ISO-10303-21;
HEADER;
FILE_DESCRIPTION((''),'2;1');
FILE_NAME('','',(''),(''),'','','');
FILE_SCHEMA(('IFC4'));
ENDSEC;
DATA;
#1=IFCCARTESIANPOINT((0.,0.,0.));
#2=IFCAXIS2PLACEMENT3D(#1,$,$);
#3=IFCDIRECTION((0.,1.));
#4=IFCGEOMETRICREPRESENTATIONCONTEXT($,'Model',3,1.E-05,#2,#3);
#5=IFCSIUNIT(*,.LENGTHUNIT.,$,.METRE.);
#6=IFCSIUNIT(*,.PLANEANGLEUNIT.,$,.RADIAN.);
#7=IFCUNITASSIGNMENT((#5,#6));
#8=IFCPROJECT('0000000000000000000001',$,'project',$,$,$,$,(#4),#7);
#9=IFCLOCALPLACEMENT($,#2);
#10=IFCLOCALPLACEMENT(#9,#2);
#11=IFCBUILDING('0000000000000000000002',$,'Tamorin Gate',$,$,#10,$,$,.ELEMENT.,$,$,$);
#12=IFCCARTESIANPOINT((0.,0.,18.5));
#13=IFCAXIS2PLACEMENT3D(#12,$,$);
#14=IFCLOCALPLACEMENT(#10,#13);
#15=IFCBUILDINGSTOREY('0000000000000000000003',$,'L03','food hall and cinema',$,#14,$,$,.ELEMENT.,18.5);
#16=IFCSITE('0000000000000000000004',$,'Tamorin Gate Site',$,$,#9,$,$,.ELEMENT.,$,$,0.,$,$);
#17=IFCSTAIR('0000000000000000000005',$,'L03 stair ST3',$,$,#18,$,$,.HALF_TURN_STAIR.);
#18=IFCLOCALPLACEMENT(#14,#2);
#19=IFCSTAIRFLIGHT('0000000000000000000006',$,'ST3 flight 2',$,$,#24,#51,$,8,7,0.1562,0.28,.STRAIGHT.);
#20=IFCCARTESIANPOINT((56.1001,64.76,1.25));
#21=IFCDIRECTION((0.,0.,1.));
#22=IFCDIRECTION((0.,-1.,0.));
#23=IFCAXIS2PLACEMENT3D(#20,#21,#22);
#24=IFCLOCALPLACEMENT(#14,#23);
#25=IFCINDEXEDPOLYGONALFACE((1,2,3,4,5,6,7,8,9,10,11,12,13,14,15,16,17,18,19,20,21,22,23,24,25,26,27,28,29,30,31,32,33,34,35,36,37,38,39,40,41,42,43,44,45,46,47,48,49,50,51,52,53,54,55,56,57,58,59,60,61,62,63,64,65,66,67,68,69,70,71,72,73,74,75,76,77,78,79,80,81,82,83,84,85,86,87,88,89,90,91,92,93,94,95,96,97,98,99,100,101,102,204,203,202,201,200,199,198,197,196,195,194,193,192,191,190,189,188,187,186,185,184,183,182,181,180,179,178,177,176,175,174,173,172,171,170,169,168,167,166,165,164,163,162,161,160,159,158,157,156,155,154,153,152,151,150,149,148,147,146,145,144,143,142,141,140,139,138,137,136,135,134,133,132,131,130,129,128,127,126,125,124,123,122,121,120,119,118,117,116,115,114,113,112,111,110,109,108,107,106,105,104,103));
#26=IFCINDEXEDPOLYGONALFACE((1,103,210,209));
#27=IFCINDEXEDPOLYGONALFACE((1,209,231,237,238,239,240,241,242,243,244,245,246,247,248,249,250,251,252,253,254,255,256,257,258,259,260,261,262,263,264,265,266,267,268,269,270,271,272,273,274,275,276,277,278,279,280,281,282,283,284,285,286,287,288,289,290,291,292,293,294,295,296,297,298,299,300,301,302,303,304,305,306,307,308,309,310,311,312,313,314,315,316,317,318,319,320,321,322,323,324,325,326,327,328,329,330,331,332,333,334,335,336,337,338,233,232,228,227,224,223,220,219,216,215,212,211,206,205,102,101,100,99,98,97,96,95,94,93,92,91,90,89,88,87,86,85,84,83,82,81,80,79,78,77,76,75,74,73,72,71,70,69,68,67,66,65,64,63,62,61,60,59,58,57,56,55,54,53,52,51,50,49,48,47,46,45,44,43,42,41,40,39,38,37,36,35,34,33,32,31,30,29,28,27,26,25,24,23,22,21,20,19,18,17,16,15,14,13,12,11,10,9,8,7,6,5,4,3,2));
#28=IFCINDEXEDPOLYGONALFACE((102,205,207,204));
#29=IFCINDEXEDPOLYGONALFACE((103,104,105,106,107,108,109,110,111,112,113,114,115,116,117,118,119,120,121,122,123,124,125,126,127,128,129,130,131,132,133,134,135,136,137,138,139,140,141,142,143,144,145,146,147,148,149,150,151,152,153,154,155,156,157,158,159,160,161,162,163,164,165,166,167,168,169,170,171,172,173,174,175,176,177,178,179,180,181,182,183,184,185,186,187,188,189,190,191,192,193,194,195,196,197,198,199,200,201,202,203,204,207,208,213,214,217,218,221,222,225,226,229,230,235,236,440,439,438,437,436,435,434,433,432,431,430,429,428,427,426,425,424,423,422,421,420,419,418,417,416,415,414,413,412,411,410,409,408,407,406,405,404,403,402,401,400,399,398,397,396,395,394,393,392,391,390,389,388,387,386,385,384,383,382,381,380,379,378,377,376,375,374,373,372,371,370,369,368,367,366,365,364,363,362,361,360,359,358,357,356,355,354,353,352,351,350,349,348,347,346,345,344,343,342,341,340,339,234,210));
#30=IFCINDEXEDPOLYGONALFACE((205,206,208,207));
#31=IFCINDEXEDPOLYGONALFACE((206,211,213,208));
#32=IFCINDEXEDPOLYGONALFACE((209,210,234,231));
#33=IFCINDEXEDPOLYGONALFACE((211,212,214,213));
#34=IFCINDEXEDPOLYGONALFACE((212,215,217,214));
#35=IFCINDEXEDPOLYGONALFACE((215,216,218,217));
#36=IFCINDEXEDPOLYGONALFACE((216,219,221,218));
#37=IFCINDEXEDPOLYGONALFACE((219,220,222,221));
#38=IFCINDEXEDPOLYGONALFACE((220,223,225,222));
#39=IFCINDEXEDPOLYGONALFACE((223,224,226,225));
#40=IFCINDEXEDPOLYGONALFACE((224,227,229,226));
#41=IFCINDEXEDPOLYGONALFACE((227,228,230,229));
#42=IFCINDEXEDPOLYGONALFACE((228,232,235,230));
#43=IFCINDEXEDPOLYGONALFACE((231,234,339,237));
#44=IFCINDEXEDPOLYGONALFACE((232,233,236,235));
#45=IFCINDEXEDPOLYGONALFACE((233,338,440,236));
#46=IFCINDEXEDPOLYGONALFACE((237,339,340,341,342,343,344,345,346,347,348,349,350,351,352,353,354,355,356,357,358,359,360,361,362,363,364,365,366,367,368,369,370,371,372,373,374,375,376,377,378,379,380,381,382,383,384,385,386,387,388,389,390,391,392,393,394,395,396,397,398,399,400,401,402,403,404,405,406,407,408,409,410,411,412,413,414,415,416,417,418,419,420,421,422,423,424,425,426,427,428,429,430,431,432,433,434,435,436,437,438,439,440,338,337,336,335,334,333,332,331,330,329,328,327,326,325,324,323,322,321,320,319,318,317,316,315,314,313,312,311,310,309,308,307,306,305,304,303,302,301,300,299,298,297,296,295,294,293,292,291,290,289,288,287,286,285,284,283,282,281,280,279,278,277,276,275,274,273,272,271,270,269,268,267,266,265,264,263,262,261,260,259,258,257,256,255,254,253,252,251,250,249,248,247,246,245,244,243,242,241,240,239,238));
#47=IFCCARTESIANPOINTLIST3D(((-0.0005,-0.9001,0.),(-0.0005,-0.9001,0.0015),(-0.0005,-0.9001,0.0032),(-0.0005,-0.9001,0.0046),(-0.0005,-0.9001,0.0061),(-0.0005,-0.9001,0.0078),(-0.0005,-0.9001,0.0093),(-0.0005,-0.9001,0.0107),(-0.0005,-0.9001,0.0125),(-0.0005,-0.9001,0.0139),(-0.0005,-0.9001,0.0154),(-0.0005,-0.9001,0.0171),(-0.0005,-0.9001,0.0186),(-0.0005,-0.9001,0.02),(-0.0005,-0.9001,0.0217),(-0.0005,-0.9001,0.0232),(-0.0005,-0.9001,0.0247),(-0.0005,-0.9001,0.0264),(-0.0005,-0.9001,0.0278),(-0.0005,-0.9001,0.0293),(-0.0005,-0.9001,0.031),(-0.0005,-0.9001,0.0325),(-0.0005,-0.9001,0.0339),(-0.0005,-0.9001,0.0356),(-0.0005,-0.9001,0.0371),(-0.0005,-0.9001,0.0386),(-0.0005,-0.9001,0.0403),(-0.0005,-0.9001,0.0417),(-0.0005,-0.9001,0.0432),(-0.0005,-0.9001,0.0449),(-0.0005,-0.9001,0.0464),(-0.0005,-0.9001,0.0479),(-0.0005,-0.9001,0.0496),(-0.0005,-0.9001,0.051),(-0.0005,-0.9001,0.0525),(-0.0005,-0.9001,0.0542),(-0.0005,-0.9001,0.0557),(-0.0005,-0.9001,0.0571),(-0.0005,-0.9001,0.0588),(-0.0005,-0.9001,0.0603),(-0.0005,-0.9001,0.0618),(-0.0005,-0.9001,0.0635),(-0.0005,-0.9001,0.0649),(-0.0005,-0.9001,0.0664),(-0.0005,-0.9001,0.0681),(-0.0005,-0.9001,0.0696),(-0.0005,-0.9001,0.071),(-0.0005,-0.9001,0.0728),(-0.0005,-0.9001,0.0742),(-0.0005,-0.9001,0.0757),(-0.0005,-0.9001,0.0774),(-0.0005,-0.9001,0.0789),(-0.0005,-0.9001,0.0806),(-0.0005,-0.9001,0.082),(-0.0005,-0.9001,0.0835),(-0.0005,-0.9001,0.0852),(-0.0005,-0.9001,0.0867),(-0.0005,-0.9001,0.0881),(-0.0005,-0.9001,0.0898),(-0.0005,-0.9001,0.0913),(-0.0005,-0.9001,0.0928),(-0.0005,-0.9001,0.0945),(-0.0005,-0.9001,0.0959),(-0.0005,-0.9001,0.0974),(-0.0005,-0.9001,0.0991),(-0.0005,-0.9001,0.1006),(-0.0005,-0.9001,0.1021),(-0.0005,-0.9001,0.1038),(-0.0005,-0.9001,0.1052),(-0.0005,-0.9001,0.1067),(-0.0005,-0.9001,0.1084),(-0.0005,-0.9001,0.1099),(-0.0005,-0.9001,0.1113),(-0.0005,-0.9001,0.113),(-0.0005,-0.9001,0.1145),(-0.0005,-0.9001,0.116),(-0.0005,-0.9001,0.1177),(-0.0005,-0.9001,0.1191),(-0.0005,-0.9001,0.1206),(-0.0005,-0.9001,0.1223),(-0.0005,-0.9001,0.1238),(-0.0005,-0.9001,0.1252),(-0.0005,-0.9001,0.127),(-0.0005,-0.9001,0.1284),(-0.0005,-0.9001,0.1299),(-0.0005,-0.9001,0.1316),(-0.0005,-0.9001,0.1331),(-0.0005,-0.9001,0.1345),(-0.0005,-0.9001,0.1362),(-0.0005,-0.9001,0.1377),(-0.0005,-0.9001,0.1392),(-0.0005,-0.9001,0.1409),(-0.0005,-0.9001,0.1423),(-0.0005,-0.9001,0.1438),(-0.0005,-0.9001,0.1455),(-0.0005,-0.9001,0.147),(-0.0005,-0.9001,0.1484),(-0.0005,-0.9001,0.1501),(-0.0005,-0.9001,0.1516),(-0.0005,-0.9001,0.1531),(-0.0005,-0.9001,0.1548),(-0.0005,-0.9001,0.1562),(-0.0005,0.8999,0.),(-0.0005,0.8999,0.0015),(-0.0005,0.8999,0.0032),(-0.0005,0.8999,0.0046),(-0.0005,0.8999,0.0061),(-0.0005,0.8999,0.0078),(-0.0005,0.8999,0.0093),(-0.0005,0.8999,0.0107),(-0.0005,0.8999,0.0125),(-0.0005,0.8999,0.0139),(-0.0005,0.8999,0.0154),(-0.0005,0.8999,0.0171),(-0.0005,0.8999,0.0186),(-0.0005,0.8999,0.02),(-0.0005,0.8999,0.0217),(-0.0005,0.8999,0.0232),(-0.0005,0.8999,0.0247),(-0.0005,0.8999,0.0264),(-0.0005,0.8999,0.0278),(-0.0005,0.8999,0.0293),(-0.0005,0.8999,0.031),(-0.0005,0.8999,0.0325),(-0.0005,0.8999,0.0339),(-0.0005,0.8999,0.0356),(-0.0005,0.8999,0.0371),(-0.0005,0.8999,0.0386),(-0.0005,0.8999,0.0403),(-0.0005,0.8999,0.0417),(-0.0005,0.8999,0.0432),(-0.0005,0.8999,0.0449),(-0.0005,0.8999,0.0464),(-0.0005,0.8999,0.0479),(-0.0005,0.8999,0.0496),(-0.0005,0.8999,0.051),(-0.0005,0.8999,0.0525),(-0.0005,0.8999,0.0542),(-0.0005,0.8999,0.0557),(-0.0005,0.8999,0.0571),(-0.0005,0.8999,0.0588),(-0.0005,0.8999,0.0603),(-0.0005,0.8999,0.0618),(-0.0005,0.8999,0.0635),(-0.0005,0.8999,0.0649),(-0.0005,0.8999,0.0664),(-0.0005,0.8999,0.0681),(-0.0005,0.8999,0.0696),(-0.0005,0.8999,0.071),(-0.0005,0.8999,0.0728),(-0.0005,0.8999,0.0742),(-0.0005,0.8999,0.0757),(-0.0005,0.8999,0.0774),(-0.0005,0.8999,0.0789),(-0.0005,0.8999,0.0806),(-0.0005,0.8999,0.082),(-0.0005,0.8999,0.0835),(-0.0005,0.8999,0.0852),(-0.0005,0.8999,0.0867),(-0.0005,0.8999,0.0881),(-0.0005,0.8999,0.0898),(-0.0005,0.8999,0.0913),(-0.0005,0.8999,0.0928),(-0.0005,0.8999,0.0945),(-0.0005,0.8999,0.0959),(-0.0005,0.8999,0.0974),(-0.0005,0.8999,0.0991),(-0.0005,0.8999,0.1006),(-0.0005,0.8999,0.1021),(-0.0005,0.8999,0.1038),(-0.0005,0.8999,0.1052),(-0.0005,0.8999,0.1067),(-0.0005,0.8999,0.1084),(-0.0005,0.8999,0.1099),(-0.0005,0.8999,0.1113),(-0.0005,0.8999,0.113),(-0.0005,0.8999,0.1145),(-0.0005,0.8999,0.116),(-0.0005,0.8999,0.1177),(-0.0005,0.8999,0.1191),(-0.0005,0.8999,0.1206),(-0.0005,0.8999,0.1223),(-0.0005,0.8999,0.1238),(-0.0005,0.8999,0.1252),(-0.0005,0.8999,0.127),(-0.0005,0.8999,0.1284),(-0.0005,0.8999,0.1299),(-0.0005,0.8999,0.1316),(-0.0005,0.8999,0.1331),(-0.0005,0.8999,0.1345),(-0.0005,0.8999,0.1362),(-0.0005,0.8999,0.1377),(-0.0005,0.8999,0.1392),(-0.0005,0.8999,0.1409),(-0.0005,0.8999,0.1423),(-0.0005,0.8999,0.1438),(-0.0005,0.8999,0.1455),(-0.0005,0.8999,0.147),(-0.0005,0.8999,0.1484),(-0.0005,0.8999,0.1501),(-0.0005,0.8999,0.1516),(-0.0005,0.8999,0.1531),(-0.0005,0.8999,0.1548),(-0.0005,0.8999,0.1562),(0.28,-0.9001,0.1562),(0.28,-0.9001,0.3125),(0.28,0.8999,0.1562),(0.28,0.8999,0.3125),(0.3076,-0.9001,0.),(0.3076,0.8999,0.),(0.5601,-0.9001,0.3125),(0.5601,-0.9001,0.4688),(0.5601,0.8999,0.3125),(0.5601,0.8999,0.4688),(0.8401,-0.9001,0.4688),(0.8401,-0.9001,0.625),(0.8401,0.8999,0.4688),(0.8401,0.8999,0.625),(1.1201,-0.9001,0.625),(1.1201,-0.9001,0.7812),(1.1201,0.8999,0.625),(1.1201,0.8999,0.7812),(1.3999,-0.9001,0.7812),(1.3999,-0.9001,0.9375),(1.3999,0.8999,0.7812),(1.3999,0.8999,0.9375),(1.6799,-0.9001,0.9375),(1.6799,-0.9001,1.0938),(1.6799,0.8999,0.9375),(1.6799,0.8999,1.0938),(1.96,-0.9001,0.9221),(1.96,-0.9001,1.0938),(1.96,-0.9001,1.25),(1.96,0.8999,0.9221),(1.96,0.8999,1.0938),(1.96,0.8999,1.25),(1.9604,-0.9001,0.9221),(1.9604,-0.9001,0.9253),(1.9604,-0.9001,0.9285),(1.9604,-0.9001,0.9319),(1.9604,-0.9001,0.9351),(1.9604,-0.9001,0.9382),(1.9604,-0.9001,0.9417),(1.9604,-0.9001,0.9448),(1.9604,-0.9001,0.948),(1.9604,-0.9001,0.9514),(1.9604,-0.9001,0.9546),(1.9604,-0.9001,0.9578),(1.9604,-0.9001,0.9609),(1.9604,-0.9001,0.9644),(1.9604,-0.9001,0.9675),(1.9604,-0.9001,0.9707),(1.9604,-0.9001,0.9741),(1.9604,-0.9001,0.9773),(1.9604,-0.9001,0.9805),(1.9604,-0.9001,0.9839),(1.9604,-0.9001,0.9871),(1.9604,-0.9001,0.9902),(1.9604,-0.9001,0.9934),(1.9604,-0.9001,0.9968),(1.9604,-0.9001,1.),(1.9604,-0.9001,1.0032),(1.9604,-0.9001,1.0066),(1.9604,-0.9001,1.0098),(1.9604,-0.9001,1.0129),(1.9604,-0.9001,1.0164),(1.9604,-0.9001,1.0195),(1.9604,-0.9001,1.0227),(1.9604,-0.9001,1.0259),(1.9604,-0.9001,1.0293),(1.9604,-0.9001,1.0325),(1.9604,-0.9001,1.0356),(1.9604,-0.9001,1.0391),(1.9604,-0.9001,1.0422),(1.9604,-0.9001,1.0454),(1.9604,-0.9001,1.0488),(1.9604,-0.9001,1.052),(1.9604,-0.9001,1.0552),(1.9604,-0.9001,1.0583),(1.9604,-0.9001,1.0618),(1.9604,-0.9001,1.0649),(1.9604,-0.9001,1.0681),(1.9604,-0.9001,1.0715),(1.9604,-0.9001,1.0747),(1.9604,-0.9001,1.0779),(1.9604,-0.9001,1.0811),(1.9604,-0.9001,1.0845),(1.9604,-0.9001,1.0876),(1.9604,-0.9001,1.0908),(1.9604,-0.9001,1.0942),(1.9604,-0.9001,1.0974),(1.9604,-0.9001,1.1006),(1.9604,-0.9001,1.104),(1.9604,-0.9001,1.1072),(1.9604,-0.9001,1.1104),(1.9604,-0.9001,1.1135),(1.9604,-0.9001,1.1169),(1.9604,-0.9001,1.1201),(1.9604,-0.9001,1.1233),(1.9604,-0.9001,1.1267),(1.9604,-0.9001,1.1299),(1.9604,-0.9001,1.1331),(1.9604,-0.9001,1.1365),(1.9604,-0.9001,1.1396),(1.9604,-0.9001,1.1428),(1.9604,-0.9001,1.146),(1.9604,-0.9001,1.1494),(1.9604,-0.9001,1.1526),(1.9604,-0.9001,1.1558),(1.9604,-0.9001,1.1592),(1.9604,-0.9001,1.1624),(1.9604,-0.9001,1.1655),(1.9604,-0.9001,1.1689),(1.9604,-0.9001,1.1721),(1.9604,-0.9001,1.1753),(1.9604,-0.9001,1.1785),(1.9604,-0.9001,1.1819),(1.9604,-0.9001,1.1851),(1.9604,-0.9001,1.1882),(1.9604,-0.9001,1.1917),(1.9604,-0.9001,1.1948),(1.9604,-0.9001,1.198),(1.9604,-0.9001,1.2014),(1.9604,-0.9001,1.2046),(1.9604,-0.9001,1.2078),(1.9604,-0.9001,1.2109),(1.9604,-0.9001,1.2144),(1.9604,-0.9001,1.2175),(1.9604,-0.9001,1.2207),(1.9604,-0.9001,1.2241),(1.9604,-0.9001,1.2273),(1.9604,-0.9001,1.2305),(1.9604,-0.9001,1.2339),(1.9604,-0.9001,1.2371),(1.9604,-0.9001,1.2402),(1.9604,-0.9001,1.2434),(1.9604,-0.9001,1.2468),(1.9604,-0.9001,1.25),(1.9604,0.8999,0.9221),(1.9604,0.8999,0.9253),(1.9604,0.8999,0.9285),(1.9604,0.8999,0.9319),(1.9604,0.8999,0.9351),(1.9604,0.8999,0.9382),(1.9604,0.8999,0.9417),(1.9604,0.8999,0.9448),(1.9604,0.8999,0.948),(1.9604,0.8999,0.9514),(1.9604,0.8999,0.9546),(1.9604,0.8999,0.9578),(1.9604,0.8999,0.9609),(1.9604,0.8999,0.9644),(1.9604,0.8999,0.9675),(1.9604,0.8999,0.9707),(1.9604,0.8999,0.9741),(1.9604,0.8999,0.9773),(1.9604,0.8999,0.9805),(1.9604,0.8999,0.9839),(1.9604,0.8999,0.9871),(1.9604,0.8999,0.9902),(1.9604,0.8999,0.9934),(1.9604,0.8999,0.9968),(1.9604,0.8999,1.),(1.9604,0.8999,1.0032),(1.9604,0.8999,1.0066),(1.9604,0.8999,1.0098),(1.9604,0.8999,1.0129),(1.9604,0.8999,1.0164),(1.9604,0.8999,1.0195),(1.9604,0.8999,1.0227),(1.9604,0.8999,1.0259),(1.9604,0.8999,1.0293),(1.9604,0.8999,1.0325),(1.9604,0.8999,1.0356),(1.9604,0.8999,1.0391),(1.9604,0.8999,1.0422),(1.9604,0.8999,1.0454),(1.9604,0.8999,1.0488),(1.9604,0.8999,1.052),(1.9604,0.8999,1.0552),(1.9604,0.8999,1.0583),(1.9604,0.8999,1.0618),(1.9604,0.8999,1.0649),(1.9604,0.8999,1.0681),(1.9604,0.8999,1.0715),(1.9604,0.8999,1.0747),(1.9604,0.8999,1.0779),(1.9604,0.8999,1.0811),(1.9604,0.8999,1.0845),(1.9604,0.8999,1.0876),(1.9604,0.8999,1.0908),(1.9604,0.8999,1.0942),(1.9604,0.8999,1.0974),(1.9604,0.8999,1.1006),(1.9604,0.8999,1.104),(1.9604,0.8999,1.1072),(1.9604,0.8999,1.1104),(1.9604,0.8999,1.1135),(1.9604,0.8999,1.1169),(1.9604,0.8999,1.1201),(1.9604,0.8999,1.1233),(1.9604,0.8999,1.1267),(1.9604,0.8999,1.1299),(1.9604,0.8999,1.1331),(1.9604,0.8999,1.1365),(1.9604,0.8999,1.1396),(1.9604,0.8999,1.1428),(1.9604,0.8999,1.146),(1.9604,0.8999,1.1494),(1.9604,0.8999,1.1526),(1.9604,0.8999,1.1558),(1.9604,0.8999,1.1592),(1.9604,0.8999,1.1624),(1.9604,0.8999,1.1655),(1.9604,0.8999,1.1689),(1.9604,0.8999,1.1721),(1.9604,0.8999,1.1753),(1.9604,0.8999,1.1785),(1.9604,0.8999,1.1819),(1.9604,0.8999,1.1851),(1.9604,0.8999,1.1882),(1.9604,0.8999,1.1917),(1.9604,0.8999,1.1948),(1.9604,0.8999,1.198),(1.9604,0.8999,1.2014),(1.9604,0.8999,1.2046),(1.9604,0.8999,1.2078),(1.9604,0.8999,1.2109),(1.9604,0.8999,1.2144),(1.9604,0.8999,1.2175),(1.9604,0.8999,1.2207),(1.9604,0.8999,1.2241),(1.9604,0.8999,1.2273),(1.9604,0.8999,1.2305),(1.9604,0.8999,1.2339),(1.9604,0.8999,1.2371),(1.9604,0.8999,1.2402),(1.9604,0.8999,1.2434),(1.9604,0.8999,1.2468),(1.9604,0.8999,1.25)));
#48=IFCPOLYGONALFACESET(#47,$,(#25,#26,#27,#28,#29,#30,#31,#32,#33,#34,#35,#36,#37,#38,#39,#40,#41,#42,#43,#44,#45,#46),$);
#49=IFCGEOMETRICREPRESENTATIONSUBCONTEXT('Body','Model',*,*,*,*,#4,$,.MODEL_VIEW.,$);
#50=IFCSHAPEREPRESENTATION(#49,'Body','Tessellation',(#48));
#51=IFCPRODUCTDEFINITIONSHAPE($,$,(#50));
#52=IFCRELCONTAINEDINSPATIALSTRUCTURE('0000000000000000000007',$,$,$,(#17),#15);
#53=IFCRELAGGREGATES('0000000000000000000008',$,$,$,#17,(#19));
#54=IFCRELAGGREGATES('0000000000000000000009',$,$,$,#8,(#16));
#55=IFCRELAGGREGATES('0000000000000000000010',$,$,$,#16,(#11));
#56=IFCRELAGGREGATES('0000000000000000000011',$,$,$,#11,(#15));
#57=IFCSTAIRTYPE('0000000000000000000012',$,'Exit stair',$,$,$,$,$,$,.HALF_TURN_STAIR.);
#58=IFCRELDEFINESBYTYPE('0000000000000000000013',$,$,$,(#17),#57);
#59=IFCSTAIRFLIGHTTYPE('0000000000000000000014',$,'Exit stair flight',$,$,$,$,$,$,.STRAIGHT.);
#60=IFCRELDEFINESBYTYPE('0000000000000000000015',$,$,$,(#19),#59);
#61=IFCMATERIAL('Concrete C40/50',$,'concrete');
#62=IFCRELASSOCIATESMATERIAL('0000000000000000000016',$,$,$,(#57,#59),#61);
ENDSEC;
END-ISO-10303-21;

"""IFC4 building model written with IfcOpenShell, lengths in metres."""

from ifc_helpers import new_model, si_unit, direction, frame, origin, place, context, subcontext, project, spatial, polyline, outline, extrude, material, type_object, element, aggregate, save


model = new_model("IFC4")

# Units and contexts
model_context = context("Model", 3, precision=1e-05, world=origin(), true_north=direction((0.0, 1.0)))
body_context = subcontext(model_context, "Body", "Model", "MODEL_VIEW")
ifc_project = project(units=[si_unit("LENGTHUNIT", "METRE"), si_unit("PLANEANGLEUNIT", "RADIAN")], contexts=[model_context])

# Site, building, storey
site_placement = place(None, origin())
site = spatial("IfcSite", under=ifc_project, at=site_placement, Name="Tamorin Gate Site", CompositionType="ELEMENT", RefElevation=0.0)
building_placement = place(site_placement, origin())
building = spatial("IfcBuilding", under=site, at=building_placement, Name="Tamorin Gate", CompositionType="ELEMENT")
storey_placement = place(building_placement, frame((0.0, 0.0, 18.5)))
storey = spatial("IfcBuildingStorey", under=building, at=storey_placement, Name="L03", Description="food hall and cinema", CompositionType="ELEMENT", Elevation=18.5)

# Shared definitions
ifc_material_1 = material(Name="Concrete C40/50", Category="concrete")

# Shared definitions
stair_type = type_object("IfcStairType", Name="Exit stair", PredefinedType="HALF_TURN_STAIR", material=ifc_material_1)
stair_flight_type = type_object("IfcStairFlightType", Name="Exit stair flight", PredefinedType="STRAIGHT", material=ifc_material_1)

# Stair, stair flight
stair_1_placement = place(storey_placement, origin())
stair_1 = element("IfcStair", 1, at=stair_1_placement, inside=storey, type_object=stair_type, Name="L03 stair ST3", PredefinedType="HALF_TURN_STAIR")
stair_flight_1_placement = place(storey_placement, frame((56.1001, 64.76, 1.25), z_axis=(0.0, 0.0, 1.0), x_axis=(0.0, -1.0, 0.0)))
stair_flight_1 = element("IfcStairFlight", 2, at=stair_flight_1_placement, type_object=stair_flight_type, Name="ST3 flight 2", NumberOfRisers=8, NumberOfTreads=7, PredefinedType="STRAIGHT", RiserHeight=0.1562, TreadLength=0.28, context=body_context, shape_type="SweptSolid", body=[
    extrude(outline(polyline([(-0.0005, 0.0), (-0.0005, 0.0015), (-0.0005, 0.0032), (-0.0005, 0.0046), (-0.0005, 0.0061), (-0.0005, 0.0078), (-0.0005, 0.0093), (-0.0005, 0.0107), (-0.0005, 0.0125), (-0.0005, 0.0139), (-0.0005, 0.0154), (-0.0005, 0.0171), (-0.0005, 0.0186), (-0.0005, 0.02), (-0.0005, 0.0217), (-0.0005, 0.0232), (-0.0005, 0.0247), (-0.0005, 0.0264), (-0.0005, 0.0278), (-0.0005, 0.0293), (-0.0005, 0.031), (-0.0005, 0.0325), (-0.0005, 0.0339), (-0.0005, 0.0356), (-0.0005, 0.0371), (-0.0005, 0.0386), (-0.0005, 0.0403), (-0.0005, 0.0417), (-0.0005, 0.0432), (-0.0005, 0.0449), (-0.0005, 0.0464), (-0.0005, 0.0479), (-0.0005, 0.0496), (-0.0005, 0.051), (-0.0005, 0.0525), (-0.0005, 0.0542), (-0.0005, 0.0557), (-0.0005, 0.0571), (-0.0005, 0.0588), (-0.0005, 0.0603), (-0.0005, 0.0618), (-0.0005, 0.0635), (-0.0005, 0.0649), (-0.0005, 0.0664), (-0.0005, 0.0681), (-0.0005, 0.0696), (-0.0005, 0.071), (-0.0005, 0.0728), (-0.0005, 0.0742), (-0.0005, 0.0757), (-0.0005, 0.0774), (-0.0005, 0.0789), (-0.0005, 0.0806), (-0.0005, 0.082), (-0.0005, 0.0835), (-0.0005, 0.0852), (-0.0005, 0.0867), (-0.0005, 0.0881), (-0.0005, 0.0898), (-0.0005, 0.0913), (-0.0005, 0.0928), (-0.0005, 0.0945), (-0.0005, 0.0959), (-0.0005, 0.0974), (-0.0005, 0.0991), (-0.0005, 0.1006), (-0.0005, 0.1021), (-0.0005, 0.1038), (-0.0005, 0.1052), (-0.0005, 0.1067), (-0.0005, 0.1084), (-0.0005, 0.1099), (-0.0005, 0.1113), (-0.0005, 0.113), (-0.0005, 0.1145), (-0.0005, 0.116), (-0.0005, 0.1177), (-0.0005, 0.1191), (-0.0005, 0.1206), (-0.0005, 0.1223), (-0.0005, 0.1238), (-0.0005, 0.1252), (-0.0005, 0.127), (-0.0005, 0.1284), (-0.0005, 0.1299), (-0.0005, 0.1316), (-0.0005, 0.1331), (-0.0005, 0.1345), (-0.0005, 0.1362), (-0.0005, 0.1377), (-0.0005, 0.1392), (-0.0005, 0.1409), (-0.0005, 0.1423), (-0.0005, 0.1438), (-0.0005, 0.1455), (-0.0005, 0.147), (-0.0005, 0.1484), (-0.0005, 0.1501), (-0.0005, 0.1516), (-0.0005, 0.1531), (-0.0005, 0.1548), (-0.0005, 0.1562), (0.28, 0.1562), (0.28, 0.3125), (0.5601, 0.3125), (0.5601, 0.4688), (0.8401, 0.4688), (0.8401, 0.625), (1.1201, 0.625), (1.1201, 0.7812), (1.3999, 0.7812), (1.3999, 0.9375), (1.6799, 0.9375), (1.6799, 1.0938), (1.96, 1.0938), (1.96, 1.25), (1.9604, 1.25), (1.9604, 1.2468), (1.9604, 1.2434), (1.9604, 1.2402), (1.9604, 1.2371), (1.9604, 1.2339), (1.9604, 1.2305), (1.9604, 1.2273), (1.9604, 1.2241), (1.9604, 1.2207), (1.9604, 1.2175), (1.9604, 1.2144), (1.9604, 1.2109), (1.9604, 1.2078), (1.9604, 1.2046), (1.9604, 1.2014), (1.9604, 1.198), (1.9604, 1.1948), (1.9604, 1.1917), (1.9604, 1.1882), (1.9604, 1.1851), (1.9604, 1.1819), (1.9604, 1.1785), (1.9604, 1.1753), (1.9604, 1.1721), (1.9604, 1.1689), (1.9604, 1.1655), (1.9604, 1.1624), (1.9604, 1.1592), (1.9604, 1.1558), (1.9604, 1.1526), (1.9604, 1.1494), (1.9604, 1.146), (1.9604, 1.1428), (1.9604, 1.1396), (1.9604, 1.1365), (1.9604, 1.1331), (1.9604, 1.1299), (1.9604, 1.1267), (1.9604, 1.1233), (1.9604, 1.1201), (1.9604, 1.1169), (1.9604, 1.1135), (1.9604, 1.1104), (1.9604, 1.1072), (1.9604, 1.104), (1.9604, 1.1006), (1.9604, 1.0974), (1.9604, 1.0942), (1.9604, 1.0908), (1.9604, 1.0876), (1.9604, 1.0845), (1.9604, 1.0811), (1.9604, 1.0779), (1.9604, 1.0747), (1.9604, 1.0715), (1.9604, 1.0681), (1.9604, 1.0649), (1.9604, 1.0618), (1.9604, 1.0583), (1.9604, 1.0552), (1.9604, 1.052), (1.9604, 1.0488), (1.9604, 1.0454), (1.9604, 1.0422), (1.9604, 1.0391), (1.9604, 1.0356), (1.9604, 1.0325), (1.9604, 1.0293), (1.9604, 1.0259), (1.9604, 1.0227), (1.9604, 1.0195), (1.9604, 1.0164), (1.9604, 1.0129), (1.9604, 1.0098), (1.9604, 1.0066), (1.9604, 1.0032), (1.9604, 1.0), (1.9604, 0.9968), (1.9604, 0.9934), (1.9604, 0.9902), (1.9604, 0.9871), (1.9604, 0.9839), (1.9604, 0.9805), (1.9604, 0.9773), (1.9604, 0.9741), (1.9604, 0.9707), (1.9604, 0.9675), (1.9604, 0.9644), (1.9604, 0.9609), (1.9604, 0.9578), (1.9604, 0.9546), (1.9604, 0.9514), (1.9604, 0.948), (1.9604, 0.9448), (1.9604, 0.9417), (1.9604, 0.9382), (1.9604, 0.9351), (1.9604, 0.9319), (1.9604, 0.9285), (1.9604, 0.9253), (1.9604, 0.9221), (1.96, 0.9221), (0.3076, 0.0), (-0.0005, 0.0)])), frame((0.0, 0.8999, 0.0), z_axis=(0.0, -1.0, 0.0), x_axis=(1.0, 0.0, 0.0)), (0.0, 0.0, 1.0), 1.8),
])
aggregate(stair_1, [stair_flight_1])

save(model, "model.ifc")
